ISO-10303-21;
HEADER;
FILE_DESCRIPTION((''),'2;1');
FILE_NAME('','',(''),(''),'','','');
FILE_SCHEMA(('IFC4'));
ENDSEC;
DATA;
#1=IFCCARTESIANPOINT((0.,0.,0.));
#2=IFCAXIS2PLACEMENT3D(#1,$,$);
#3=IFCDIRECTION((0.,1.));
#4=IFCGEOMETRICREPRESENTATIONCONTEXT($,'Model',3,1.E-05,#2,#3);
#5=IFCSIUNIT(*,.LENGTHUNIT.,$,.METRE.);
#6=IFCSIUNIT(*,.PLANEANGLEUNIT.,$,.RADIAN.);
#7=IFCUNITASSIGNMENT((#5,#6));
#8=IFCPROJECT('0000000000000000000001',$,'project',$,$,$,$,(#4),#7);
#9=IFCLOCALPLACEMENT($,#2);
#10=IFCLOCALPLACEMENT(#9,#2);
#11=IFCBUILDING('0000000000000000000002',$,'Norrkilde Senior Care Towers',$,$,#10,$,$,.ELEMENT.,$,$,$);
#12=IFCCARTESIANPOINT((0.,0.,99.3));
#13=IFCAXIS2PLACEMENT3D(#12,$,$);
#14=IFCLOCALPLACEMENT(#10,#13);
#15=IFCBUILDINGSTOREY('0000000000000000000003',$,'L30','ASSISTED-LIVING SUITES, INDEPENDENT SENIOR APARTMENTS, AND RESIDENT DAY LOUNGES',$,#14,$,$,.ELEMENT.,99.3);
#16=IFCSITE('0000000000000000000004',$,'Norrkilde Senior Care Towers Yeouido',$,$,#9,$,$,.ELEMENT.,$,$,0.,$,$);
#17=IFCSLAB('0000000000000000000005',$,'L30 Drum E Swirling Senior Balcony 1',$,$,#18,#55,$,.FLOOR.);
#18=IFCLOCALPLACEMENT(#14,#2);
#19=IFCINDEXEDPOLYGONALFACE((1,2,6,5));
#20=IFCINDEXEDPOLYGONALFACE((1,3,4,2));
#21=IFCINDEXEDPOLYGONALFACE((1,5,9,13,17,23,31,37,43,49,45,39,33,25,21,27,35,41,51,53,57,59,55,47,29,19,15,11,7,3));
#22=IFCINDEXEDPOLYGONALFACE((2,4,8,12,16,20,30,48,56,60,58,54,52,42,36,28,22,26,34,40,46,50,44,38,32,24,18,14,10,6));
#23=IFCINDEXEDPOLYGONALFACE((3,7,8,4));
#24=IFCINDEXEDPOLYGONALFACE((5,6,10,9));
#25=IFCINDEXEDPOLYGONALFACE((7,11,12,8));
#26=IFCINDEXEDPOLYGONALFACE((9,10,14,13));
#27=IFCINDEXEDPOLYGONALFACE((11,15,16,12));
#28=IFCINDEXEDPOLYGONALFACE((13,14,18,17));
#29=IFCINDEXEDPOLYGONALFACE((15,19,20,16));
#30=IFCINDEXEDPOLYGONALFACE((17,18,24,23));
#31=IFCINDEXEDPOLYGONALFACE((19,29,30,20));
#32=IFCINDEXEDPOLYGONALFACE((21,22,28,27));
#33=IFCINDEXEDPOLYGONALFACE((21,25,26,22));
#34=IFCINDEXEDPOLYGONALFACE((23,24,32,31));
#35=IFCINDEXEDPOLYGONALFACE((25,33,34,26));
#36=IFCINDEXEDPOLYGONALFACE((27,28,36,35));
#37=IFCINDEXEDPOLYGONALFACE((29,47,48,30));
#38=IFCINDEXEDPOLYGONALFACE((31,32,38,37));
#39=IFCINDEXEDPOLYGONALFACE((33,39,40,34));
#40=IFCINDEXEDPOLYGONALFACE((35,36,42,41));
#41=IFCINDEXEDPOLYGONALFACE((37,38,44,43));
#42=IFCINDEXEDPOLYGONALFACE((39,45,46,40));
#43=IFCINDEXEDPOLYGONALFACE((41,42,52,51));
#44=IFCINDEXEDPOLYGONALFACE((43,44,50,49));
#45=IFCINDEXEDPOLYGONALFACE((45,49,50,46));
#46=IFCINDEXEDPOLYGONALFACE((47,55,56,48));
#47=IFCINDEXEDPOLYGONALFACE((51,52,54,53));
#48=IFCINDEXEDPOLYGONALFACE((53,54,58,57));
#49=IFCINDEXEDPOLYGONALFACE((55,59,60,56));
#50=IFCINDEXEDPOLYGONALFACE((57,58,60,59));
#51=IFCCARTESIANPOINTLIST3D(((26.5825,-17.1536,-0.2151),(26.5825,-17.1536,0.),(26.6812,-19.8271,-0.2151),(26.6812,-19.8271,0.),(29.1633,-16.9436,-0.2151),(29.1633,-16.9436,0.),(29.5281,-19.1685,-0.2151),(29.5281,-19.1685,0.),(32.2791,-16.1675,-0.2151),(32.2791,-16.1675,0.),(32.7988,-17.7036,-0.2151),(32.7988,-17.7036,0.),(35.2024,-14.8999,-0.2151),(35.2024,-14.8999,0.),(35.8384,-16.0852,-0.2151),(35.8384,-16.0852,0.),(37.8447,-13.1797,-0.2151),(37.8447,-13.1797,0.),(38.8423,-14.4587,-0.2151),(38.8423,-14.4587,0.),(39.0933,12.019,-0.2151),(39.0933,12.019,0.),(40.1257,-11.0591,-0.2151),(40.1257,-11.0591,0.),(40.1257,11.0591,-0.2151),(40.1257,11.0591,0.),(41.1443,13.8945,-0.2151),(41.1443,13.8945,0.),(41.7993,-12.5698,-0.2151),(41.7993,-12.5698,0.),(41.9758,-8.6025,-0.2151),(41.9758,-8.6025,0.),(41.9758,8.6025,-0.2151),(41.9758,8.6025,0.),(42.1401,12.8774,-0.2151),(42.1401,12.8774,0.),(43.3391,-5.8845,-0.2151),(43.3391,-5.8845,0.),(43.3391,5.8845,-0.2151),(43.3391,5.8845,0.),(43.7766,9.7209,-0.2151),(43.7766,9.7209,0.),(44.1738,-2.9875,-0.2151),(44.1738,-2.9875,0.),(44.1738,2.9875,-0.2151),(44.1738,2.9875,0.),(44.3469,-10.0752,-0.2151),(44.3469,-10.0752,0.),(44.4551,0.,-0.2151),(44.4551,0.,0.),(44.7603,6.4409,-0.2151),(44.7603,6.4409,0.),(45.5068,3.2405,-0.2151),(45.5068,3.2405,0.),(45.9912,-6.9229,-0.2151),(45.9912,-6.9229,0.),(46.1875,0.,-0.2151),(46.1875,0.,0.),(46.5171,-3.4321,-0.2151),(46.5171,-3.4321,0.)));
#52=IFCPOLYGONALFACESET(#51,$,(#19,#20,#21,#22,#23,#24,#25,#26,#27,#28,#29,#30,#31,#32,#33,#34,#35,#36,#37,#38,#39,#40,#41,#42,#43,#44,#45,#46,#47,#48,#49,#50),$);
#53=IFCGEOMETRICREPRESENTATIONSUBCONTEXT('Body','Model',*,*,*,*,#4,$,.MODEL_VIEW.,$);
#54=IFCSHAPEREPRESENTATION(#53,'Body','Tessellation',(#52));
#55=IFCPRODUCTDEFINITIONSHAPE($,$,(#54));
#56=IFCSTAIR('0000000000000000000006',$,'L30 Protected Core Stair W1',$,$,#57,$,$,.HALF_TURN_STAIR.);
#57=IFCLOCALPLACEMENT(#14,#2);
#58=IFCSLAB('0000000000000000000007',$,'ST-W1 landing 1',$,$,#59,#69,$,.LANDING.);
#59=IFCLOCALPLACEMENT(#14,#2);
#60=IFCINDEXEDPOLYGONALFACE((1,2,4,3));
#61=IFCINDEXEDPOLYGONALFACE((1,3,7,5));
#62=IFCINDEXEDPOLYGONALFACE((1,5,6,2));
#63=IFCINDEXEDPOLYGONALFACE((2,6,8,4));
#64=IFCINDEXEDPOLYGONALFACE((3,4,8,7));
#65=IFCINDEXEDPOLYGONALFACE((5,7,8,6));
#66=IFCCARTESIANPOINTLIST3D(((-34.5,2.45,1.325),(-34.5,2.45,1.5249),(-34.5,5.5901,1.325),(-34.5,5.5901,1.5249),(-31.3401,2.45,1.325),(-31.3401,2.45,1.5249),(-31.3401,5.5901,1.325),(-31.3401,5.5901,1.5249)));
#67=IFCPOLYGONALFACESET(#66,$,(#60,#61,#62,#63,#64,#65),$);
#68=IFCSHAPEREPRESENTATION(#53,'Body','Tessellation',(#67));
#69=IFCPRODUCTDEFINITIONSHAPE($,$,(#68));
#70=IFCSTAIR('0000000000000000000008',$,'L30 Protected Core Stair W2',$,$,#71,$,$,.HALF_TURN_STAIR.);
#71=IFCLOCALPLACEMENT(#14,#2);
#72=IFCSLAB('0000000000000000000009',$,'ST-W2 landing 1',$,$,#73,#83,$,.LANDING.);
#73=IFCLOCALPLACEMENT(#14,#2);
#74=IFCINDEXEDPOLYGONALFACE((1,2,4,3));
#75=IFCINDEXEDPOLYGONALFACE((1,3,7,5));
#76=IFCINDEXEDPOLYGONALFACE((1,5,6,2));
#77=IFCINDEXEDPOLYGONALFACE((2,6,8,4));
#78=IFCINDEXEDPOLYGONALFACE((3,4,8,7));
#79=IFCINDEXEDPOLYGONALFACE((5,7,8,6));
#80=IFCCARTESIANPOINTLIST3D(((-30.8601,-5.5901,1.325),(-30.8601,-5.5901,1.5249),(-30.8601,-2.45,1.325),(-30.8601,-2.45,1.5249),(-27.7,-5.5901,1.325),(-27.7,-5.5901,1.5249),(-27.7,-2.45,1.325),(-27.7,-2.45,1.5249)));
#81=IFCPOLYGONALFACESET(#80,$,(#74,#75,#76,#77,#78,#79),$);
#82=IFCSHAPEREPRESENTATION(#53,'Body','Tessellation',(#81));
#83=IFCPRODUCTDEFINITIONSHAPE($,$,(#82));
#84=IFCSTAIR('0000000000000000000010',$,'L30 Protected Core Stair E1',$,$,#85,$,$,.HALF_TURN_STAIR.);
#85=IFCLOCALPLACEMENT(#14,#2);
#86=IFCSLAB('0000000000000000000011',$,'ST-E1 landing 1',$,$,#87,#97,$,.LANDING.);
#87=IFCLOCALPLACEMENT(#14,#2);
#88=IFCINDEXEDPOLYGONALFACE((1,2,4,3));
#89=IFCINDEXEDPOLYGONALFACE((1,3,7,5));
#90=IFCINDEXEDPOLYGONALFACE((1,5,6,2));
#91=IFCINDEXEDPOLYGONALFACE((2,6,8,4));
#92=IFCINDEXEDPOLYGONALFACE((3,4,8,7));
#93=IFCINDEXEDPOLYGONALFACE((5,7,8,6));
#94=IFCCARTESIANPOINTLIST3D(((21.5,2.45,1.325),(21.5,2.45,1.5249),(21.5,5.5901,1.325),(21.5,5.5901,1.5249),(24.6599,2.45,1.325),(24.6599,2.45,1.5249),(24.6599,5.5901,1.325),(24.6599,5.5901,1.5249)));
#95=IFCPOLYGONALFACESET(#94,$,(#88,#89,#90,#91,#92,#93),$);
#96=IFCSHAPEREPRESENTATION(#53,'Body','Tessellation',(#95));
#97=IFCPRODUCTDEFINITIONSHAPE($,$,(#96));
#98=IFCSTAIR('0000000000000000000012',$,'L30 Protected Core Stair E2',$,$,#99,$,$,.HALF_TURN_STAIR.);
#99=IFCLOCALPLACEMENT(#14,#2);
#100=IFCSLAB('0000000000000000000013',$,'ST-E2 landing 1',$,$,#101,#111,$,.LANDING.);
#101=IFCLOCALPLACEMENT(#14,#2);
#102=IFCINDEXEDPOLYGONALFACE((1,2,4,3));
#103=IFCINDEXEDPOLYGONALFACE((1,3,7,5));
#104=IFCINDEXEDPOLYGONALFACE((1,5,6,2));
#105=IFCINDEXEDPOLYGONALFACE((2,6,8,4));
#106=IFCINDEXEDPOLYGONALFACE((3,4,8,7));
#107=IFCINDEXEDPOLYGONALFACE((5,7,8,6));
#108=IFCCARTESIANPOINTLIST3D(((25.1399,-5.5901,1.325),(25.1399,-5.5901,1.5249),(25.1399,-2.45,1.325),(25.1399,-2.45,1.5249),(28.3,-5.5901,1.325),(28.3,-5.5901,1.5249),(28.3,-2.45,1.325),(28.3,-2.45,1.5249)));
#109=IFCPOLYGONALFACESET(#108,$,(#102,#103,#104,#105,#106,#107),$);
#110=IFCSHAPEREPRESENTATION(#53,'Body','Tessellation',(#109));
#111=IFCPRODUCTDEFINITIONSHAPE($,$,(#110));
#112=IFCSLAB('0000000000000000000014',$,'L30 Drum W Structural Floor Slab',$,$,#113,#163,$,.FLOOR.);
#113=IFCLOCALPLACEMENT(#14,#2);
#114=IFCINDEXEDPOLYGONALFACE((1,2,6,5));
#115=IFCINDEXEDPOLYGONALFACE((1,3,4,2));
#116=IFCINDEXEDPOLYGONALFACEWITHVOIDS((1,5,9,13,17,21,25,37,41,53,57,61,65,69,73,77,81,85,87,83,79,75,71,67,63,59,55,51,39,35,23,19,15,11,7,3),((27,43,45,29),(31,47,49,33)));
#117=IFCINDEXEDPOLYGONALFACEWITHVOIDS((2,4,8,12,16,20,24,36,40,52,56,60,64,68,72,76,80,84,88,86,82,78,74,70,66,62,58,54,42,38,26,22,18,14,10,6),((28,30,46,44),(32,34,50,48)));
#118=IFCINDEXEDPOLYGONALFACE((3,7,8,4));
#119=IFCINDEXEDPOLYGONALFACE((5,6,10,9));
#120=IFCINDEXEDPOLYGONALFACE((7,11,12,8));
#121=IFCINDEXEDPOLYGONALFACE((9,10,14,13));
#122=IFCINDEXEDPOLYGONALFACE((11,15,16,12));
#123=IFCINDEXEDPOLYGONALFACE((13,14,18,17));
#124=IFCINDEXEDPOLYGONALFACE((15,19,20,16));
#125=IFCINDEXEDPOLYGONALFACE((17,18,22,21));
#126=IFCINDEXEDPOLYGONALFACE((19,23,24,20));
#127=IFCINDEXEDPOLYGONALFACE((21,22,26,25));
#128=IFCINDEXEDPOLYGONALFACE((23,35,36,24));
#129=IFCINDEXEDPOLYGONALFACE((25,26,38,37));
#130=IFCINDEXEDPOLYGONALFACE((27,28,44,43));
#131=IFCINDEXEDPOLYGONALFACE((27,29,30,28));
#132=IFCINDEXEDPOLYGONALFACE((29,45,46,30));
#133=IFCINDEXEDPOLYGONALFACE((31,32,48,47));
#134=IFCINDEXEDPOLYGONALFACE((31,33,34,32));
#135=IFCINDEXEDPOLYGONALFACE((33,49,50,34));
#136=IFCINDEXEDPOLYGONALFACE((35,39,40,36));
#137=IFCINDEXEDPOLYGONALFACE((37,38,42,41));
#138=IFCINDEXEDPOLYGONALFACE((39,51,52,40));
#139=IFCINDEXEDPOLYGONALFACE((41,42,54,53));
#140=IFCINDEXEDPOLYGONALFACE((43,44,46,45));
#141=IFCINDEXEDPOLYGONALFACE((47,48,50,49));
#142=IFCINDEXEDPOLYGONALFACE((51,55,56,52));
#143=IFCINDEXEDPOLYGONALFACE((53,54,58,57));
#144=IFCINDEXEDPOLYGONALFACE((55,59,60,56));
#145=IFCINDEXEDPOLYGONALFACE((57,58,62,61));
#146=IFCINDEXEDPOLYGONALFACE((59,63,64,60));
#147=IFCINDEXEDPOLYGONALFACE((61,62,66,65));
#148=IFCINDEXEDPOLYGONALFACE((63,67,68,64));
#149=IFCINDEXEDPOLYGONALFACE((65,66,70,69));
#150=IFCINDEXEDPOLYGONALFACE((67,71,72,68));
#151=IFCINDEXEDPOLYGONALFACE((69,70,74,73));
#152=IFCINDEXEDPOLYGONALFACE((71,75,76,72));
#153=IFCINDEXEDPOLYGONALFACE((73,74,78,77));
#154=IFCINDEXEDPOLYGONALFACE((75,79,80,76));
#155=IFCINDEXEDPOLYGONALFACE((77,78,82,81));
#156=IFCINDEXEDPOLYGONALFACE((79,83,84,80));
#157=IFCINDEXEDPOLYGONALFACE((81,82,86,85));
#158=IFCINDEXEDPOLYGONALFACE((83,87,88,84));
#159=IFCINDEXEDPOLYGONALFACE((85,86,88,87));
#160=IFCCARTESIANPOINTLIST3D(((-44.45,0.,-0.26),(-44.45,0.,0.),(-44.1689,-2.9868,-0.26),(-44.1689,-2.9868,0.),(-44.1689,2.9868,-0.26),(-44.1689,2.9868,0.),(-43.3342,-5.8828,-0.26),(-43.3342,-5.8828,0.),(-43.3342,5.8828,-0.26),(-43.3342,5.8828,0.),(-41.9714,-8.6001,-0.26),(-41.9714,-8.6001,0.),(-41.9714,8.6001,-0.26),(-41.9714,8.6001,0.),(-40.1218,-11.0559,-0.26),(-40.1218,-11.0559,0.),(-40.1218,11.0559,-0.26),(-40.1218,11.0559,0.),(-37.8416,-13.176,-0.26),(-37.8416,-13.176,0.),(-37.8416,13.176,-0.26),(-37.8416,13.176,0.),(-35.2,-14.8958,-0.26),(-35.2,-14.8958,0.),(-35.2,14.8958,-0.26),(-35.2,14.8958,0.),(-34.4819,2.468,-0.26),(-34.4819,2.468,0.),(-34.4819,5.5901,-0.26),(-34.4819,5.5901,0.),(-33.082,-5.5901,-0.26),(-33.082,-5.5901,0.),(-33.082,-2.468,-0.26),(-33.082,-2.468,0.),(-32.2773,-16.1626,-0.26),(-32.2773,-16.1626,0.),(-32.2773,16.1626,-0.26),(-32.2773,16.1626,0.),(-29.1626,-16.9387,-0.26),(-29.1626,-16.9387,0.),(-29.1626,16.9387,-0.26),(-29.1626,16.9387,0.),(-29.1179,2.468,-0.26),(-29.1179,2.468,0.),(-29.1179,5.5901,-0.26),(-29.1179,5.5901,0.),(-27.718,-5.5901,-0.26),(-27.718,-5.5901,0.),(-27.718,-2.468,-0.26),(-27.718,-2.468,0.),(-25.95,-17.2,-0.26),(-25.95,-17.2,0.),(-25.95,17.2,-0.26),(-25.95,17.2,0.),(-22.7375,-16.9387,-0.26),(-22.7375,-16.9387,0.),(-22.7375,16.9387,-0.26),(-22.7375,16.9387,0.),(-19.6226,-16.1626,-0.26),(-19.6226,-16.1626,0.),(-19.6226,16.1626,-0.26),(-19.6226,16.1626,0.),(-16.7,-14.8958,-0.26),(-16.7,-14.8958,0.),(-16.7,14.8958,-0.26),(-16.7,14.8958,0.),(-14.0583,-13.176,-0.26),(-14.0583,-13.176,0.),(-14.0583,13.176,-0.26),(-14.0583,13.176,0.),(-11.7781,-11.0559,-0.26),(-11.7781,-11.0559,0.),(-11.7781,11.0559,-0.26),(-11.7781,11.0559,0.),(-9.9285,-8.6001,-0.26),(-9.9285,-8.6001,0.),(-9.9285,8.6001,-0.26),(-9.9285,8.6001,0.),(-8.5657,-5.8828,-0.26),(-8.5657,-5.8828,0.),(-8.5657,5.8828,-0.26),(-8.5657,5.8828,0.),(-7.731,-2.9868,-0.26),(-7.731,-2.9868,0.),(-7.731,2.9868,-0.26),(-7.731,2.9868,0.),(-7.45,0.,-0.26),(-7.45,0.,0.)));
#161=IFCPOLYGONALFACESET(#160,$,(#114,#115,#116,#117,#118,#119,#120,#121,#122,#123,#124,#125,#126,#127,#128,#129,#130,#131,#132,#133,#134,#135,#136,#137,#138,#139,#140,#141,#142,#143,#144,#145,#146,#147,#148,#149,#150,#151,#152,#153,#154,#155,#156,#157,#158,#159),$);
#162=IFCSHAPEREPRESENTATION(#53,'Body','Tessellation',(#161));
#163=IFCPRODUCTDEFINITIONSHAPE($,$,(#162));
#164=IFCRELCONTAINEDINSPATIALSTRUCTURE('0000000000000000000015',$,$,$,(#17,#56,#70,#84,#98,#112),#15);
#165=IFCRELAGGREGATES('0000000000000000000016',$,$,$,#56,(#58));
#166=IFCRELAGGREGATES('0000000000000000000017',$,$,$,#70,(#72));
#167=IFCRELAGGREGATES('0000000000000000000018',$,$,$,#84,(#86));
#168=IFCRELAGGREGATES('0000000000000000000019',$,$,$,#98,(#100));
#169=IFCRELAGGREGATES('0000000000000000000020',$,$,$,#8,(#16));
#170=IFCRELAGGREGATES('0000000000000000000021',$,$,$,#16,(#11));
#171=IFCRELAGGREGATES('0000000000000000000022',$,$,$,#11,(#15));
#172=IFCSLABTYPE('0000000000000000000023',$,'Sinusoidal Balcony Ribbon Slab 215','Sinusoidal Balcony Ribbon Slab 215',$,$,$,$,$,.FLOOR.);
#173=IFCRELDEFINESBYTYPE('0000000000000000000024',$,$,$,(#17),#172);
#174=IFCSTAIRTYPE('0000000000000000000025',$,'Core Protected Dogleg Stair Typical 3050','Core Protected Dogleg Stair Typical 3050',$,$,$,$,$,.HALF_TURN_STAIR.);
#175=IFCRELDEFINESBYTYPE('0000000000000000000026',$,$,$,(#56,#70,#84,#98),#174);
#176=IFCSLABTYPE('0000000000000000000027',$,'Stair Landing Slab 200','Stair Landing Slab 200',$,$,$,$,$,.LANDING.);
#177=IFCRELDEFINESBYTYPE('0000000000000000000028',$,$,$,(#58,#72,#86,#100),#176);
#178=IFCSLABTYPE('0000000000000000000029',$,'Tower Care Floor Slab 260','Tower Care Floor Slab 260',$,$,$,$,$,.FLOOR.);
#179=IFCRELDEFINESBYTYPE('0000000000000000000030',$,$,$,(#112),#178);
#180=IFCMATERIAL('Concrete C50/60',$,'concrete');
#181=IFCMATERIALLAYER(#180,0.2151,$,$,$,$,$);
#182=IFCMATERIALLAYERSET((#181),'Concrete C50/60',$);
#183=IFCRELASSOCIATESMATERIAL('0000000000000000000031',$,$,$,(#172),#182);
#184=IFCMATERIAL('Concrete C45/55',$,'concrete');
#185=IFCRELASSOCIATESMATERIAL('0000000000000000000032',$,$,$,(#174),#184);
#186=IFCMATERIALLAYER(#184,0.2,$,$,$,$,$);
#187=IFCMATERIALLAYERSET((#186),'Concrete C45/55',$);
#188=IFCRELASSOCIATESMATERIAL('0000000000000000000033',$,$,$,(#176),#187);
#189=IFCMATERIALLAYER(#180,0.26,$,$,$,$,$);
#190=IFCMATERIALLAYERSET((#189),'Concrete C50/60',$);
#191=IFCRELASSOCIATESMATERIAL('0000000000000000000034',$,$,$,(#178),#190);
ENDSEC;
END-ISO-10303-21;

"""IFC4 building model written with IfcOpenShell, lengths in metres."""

from ifc_helpers import new_model, si_unit, direction, frame, origin, place, context, subcontext, project, spatial, polyline, outline, extrude, material, layer, layer_set, type_object, element, aggregate, save


model = new_model("IFC4")

# Units and contexts
model_context = context("Model", 3, precision=1e-05, world=origin(), true_north=direction((0.0, 1.0)))
body_context = subcontext(model_context, "Body", "Model", "MODEL_VIEW")
ifc_project = project(units=[si_unit("LENGTHUNIT", "METRE"), si_unit("PLANEANGLEUNIT", "RADIAN")], contexts=[model_context])

# Site, building, storey
site_placement = place(None, origin())
site = spatial("IfcSite", under=ifc_project, at=site_placement, Name="Norrkilde Senior Care Towers Yeouido", CompositionType="ELEMENT", RefElevation=0.0)
building_placement = place(site_placement, origin())
building = spatial("IfcBuilding", under=site, at=building_placement, Name="Norrkilde Senior Care Towers", CompositionType="ELEMENT")
storey_placement = place(building_placement, frame((0.0, 0.0, 99.3)))
storey = spatial("IfcBuildingStorey", under=building, at=storey_placement, Name="L30", Description="ASSISTED-LIVING SUITES, INDEPENDENT SENIOR APARTMENTS, AND RESIDENT DAY LOUNGES", CompositionType="ELEMENT", Elevation=99.3)

# Slab
ifc_material_1 = material(Name="Concrete C50/60", Category="concrete")
ifc_layer_1 = layer(ifc_material_1, 0.2151)
ifc_layer_set_1 = layer_set([ifc_layer_1], Name="Concrete C50/60")
slab_type_1 = type_object("IfcSlabType", Name="Sinusoidal Balcony Ribbon Slab 215", Description="Sinusoidal Balcony Ribbon Slab 215", PredefinedType="FLOOR", material=ifc_layer_set_1)
slab_1_placement = place(storey_placement, frame((0.0, 0.0, -0.2151)))
element("IfcSlab", 1, at=slab_1_placement, inside=storey, type_object=slab_type_1, Name="L30 Drum E Swirling Senior Balcony 1", PredefinedType="FLOOR", context=body_context, shape_type="SweptSolid", body=[
    extrude(outline(polyline([(44.3469, -10.0752), (41.7993, -12.5698), (38.8423, -14.4587), (35.8384, -16.0852), (32.7988, -17.7036), (29.5281, -19.1685), (26.6812, -19.8271), (26.5825, -17.1536), (29.1633, -16.9436), (32.2791, -16.1675), (35.2024, -14.8999), (37.8447, -13.1797), (40.1257, -11.0591), (41.9758, -8.6025), (43.3391, -5.8845), (44.1738, -2.9875), (44.4551, 0.0), (44.1738, 2.9875), (43.3391, 5.8845), (41.9758, 8.6025), (40.1257, 11.0591), (39.0933, 12.019), (41.1443, 13.8945), (42.1401, 12.8774), (43.7766, 9.7209), (44.7603, 6.4409), (45.5068, 3.2405), (46.1875, 0.0), (46.5171, -3.4321), (45.9912, -6.9229), (44.3469, -10.0752)])), origin(), (0.0, 0.0, 1.0), 0.2151),
])

# Stairs, slabs
ifc_material_2 = material(Name="Concrete C45/55", Category="concrete")
stair_type = type_object("IfcStairType", Name="Core Protected Dogleg Stair Typical 3050", Description="Core Protected Dogleg Stair Typical 3050", PredefinedType="HALF_TURN_STAIR", material=ifc_material_2)
stair_1_placement = place(storey_placement, origin())
stair_1 = element("IfcStair", 2, at=stair_1_placement, inside=storey, type_object=stair_type, Name="L30 Protected Core Stair W1", PredefinedType="HALF_TURN_STAIR")
ifc_layer_2 = layer(ifc_material_2, 0.2)
ifc_layer_set_2 = layer_set([ifc_layer_2], Name="Concrete C45/55")
slab_type_2 = type_object("IfcSlabType", Name="Stair Landing Slab 200", Description="Stair Landing Slab 200", PredefinedType="LANDING", material=ifc_layer_set_2)
slab_2_placement = place(storey_placement, frame((0.0, 0.0, 1.325)))
slab_2 = element("IfcSlab", 3, at=slab_2_placement, type_object=slab_type_2, Name="ST-W1 landing 1", PredefinedType="LANDING", context=body_context, shape_type="SweptSolid", body=[
    extrude(outline(polyline([(-31.3401, 5.5901), (-34.5, 5.5901), (-34.5, 2.45), (-31.3401, 2.45), (-31.3401, 5.5901)])), origin(), (0.0, 0.0, 1.0), 0.2),
])
aggregate(stair_1, [slab_2])
stair_2_placement = place(storey_placement, origin())
stair_2 = element("IfcStair", 4, at=stair_2_placement, inside=storey, type_object=stair_type, Name="L30 Protected Core Stair W2", PredefinedType="HALF_TURN_STAIR")
slab_3_placement = place(storey_placement, frame((0.0, 0.0, 1.325)))
slab_3 = element("IfcSlab", 5, at=slab_3_placement, type_object=slab_type_2, Name="ST-W2 landing 1", PredefinedType="LANDING", context=body_context, shape_type="SweptSolid", body=[
    extrude(outline(polyline([(-30.8601, -5.5901), (-27.7, -5.5901), (-27.7, -2.45), (-30.8601, -2.45), (-30.8601, -5.5901)])), origin(), (0.0, 0.0, 1.0), 0.2),
])
aggregate(stair_2, [slab_3])
stair_3_placement = place(storey_placement, origin())
stair_3 = element("IfcStair", 6, at=stair_3_placement, inside=storey, type_object=stair_type, Name="L30 Protected Core Stair E1", PredefinedType="HALF_TURN_STAIR")
slab_4_placement = place(storey_placement, frame((0.0, 0.0, 1.325)))
slab_4 = element("IfcSlab", 7, at=slab_4_placement, type_object=slab_type_2, Name="ST-E1 landing 1", PredefinedType="LANDING", context=body_context, shape_type="SweptSolid", body=[
    extrude(outline(polyline([(24.6599, 5.5901), (21.5, 5.5901), (21.5, 2.45), (24.6599, 2.45), (24.6599, 5.5901)])), origin(), (0.0, 0.0, 1.0), 0.2),
])
aggregate(stair_3, [slab_4])
stair_4_placement = place(storey_placement, origin())
stair_4 = element("IfcStair", 8, at=stair_4_placement, inside=storey, type_object=stair_type, Name="L30 Protected Core Stair E2", PredefinedType="HALF_TURN_STAIR")
slab_5_placement = place(storey_placement, frame((0.0, 0.0, 1.325)))
slab_5 = element("IfcSlab", 9, at=slab_5_placement, type_object=slab_type_2, Name="ST-E2 landing 1", PredefinedType="LANDING", context=body_context, shape_type="SweptSolid", body=[
    extrude(outline(polyline([(25.1399, -5.5901), (28.3, -5.5901), (28.3, -2.45), (25.1399, -2.45), (25.1399, -5.5901)])), origin(), (0.0, 0.0, 1.0), 0.2),
])
aggregate(stair_4, [slab_5])

# Slab
ifc_layer_3 = layer(ifc_material_1, 0.26)
ifc_layer_set_3 = layer_set([ifc_layer_3], Name="Concrete C50/60")
slab_type_3 = type_object("IfcSlabType", Name="Tower Care Floor Slab 260", Description="Tower Care Floor Slab 260", PredefinedType="FLOOR", material=ifc_layer_set_3)
slab_6_placement = place(storey_placement, frame((0.0, 0.0, -0.26)))
element("IfcSlab", 10, at=slab_6_placement, inside=storey, type_object=slab_type_3, Name="L30 Drum W Structural Floor Slab", PredefinedType="FLOOR", context=body_context, shape_type="SweptSolid", body=[
    extrude(outline(polyline([(-8.5657, -5.8828), (-9.9285, -8.6001), (-11.7781, -11.0559), (-14.0583, -13.176), (-16.7, -14.8958), (-19.6226, -16.1626), (-22.7375, -16.9387), (-25.95, -17.2), (-29.1626, -16.9387), (-32.2773, -16.1626), (-35.2, -14.8958), (-37.8416, -13.176), (-40.1218, -11.0559), (-41.9714, -8.6001), (-43.3342, -5.8828), (-44.1689, -2.9868), (-44.45, 0.0), (-44.1689, 2.9868), (-43.3342, 5.8828), (-41.9714, 8.6001), (-40.1218, 11.0559), (-37.8416, 13.176), (-35.2, 14.8958), (-32.2773, 16.1626), (-29.1626, 16.9387), (-25.95, 17.2), (-22.7375, 16.9387), (-19.6226, 16.1626), (-16.7, 14.8958), (-14.0583, 13.176), (-11.7781, 11.0559), (-9.9285, 8.6001), (-8.5657, 5.8828), (-7.731, 2.9868), (-7.45, 0.0), (-7.731, -2.9868), (-8.5657, -5.8828)]), holes=[polyline([(-34.4819, 2.468), (-29.1179, 2.468), (-29.1179, 5.5901), (-34.4819, 5.5901), (-34.4819, 2.468)]), polyline([(-27.718, -5.5901), (-27.718, -2.468), (-33.082, -2.468), (-33.082, -5.5901), (-27.718, -5.5901)])]), origin(), (0.0, 0.0, 1.0), 0.26),
])

save(model, "model.ifc")
